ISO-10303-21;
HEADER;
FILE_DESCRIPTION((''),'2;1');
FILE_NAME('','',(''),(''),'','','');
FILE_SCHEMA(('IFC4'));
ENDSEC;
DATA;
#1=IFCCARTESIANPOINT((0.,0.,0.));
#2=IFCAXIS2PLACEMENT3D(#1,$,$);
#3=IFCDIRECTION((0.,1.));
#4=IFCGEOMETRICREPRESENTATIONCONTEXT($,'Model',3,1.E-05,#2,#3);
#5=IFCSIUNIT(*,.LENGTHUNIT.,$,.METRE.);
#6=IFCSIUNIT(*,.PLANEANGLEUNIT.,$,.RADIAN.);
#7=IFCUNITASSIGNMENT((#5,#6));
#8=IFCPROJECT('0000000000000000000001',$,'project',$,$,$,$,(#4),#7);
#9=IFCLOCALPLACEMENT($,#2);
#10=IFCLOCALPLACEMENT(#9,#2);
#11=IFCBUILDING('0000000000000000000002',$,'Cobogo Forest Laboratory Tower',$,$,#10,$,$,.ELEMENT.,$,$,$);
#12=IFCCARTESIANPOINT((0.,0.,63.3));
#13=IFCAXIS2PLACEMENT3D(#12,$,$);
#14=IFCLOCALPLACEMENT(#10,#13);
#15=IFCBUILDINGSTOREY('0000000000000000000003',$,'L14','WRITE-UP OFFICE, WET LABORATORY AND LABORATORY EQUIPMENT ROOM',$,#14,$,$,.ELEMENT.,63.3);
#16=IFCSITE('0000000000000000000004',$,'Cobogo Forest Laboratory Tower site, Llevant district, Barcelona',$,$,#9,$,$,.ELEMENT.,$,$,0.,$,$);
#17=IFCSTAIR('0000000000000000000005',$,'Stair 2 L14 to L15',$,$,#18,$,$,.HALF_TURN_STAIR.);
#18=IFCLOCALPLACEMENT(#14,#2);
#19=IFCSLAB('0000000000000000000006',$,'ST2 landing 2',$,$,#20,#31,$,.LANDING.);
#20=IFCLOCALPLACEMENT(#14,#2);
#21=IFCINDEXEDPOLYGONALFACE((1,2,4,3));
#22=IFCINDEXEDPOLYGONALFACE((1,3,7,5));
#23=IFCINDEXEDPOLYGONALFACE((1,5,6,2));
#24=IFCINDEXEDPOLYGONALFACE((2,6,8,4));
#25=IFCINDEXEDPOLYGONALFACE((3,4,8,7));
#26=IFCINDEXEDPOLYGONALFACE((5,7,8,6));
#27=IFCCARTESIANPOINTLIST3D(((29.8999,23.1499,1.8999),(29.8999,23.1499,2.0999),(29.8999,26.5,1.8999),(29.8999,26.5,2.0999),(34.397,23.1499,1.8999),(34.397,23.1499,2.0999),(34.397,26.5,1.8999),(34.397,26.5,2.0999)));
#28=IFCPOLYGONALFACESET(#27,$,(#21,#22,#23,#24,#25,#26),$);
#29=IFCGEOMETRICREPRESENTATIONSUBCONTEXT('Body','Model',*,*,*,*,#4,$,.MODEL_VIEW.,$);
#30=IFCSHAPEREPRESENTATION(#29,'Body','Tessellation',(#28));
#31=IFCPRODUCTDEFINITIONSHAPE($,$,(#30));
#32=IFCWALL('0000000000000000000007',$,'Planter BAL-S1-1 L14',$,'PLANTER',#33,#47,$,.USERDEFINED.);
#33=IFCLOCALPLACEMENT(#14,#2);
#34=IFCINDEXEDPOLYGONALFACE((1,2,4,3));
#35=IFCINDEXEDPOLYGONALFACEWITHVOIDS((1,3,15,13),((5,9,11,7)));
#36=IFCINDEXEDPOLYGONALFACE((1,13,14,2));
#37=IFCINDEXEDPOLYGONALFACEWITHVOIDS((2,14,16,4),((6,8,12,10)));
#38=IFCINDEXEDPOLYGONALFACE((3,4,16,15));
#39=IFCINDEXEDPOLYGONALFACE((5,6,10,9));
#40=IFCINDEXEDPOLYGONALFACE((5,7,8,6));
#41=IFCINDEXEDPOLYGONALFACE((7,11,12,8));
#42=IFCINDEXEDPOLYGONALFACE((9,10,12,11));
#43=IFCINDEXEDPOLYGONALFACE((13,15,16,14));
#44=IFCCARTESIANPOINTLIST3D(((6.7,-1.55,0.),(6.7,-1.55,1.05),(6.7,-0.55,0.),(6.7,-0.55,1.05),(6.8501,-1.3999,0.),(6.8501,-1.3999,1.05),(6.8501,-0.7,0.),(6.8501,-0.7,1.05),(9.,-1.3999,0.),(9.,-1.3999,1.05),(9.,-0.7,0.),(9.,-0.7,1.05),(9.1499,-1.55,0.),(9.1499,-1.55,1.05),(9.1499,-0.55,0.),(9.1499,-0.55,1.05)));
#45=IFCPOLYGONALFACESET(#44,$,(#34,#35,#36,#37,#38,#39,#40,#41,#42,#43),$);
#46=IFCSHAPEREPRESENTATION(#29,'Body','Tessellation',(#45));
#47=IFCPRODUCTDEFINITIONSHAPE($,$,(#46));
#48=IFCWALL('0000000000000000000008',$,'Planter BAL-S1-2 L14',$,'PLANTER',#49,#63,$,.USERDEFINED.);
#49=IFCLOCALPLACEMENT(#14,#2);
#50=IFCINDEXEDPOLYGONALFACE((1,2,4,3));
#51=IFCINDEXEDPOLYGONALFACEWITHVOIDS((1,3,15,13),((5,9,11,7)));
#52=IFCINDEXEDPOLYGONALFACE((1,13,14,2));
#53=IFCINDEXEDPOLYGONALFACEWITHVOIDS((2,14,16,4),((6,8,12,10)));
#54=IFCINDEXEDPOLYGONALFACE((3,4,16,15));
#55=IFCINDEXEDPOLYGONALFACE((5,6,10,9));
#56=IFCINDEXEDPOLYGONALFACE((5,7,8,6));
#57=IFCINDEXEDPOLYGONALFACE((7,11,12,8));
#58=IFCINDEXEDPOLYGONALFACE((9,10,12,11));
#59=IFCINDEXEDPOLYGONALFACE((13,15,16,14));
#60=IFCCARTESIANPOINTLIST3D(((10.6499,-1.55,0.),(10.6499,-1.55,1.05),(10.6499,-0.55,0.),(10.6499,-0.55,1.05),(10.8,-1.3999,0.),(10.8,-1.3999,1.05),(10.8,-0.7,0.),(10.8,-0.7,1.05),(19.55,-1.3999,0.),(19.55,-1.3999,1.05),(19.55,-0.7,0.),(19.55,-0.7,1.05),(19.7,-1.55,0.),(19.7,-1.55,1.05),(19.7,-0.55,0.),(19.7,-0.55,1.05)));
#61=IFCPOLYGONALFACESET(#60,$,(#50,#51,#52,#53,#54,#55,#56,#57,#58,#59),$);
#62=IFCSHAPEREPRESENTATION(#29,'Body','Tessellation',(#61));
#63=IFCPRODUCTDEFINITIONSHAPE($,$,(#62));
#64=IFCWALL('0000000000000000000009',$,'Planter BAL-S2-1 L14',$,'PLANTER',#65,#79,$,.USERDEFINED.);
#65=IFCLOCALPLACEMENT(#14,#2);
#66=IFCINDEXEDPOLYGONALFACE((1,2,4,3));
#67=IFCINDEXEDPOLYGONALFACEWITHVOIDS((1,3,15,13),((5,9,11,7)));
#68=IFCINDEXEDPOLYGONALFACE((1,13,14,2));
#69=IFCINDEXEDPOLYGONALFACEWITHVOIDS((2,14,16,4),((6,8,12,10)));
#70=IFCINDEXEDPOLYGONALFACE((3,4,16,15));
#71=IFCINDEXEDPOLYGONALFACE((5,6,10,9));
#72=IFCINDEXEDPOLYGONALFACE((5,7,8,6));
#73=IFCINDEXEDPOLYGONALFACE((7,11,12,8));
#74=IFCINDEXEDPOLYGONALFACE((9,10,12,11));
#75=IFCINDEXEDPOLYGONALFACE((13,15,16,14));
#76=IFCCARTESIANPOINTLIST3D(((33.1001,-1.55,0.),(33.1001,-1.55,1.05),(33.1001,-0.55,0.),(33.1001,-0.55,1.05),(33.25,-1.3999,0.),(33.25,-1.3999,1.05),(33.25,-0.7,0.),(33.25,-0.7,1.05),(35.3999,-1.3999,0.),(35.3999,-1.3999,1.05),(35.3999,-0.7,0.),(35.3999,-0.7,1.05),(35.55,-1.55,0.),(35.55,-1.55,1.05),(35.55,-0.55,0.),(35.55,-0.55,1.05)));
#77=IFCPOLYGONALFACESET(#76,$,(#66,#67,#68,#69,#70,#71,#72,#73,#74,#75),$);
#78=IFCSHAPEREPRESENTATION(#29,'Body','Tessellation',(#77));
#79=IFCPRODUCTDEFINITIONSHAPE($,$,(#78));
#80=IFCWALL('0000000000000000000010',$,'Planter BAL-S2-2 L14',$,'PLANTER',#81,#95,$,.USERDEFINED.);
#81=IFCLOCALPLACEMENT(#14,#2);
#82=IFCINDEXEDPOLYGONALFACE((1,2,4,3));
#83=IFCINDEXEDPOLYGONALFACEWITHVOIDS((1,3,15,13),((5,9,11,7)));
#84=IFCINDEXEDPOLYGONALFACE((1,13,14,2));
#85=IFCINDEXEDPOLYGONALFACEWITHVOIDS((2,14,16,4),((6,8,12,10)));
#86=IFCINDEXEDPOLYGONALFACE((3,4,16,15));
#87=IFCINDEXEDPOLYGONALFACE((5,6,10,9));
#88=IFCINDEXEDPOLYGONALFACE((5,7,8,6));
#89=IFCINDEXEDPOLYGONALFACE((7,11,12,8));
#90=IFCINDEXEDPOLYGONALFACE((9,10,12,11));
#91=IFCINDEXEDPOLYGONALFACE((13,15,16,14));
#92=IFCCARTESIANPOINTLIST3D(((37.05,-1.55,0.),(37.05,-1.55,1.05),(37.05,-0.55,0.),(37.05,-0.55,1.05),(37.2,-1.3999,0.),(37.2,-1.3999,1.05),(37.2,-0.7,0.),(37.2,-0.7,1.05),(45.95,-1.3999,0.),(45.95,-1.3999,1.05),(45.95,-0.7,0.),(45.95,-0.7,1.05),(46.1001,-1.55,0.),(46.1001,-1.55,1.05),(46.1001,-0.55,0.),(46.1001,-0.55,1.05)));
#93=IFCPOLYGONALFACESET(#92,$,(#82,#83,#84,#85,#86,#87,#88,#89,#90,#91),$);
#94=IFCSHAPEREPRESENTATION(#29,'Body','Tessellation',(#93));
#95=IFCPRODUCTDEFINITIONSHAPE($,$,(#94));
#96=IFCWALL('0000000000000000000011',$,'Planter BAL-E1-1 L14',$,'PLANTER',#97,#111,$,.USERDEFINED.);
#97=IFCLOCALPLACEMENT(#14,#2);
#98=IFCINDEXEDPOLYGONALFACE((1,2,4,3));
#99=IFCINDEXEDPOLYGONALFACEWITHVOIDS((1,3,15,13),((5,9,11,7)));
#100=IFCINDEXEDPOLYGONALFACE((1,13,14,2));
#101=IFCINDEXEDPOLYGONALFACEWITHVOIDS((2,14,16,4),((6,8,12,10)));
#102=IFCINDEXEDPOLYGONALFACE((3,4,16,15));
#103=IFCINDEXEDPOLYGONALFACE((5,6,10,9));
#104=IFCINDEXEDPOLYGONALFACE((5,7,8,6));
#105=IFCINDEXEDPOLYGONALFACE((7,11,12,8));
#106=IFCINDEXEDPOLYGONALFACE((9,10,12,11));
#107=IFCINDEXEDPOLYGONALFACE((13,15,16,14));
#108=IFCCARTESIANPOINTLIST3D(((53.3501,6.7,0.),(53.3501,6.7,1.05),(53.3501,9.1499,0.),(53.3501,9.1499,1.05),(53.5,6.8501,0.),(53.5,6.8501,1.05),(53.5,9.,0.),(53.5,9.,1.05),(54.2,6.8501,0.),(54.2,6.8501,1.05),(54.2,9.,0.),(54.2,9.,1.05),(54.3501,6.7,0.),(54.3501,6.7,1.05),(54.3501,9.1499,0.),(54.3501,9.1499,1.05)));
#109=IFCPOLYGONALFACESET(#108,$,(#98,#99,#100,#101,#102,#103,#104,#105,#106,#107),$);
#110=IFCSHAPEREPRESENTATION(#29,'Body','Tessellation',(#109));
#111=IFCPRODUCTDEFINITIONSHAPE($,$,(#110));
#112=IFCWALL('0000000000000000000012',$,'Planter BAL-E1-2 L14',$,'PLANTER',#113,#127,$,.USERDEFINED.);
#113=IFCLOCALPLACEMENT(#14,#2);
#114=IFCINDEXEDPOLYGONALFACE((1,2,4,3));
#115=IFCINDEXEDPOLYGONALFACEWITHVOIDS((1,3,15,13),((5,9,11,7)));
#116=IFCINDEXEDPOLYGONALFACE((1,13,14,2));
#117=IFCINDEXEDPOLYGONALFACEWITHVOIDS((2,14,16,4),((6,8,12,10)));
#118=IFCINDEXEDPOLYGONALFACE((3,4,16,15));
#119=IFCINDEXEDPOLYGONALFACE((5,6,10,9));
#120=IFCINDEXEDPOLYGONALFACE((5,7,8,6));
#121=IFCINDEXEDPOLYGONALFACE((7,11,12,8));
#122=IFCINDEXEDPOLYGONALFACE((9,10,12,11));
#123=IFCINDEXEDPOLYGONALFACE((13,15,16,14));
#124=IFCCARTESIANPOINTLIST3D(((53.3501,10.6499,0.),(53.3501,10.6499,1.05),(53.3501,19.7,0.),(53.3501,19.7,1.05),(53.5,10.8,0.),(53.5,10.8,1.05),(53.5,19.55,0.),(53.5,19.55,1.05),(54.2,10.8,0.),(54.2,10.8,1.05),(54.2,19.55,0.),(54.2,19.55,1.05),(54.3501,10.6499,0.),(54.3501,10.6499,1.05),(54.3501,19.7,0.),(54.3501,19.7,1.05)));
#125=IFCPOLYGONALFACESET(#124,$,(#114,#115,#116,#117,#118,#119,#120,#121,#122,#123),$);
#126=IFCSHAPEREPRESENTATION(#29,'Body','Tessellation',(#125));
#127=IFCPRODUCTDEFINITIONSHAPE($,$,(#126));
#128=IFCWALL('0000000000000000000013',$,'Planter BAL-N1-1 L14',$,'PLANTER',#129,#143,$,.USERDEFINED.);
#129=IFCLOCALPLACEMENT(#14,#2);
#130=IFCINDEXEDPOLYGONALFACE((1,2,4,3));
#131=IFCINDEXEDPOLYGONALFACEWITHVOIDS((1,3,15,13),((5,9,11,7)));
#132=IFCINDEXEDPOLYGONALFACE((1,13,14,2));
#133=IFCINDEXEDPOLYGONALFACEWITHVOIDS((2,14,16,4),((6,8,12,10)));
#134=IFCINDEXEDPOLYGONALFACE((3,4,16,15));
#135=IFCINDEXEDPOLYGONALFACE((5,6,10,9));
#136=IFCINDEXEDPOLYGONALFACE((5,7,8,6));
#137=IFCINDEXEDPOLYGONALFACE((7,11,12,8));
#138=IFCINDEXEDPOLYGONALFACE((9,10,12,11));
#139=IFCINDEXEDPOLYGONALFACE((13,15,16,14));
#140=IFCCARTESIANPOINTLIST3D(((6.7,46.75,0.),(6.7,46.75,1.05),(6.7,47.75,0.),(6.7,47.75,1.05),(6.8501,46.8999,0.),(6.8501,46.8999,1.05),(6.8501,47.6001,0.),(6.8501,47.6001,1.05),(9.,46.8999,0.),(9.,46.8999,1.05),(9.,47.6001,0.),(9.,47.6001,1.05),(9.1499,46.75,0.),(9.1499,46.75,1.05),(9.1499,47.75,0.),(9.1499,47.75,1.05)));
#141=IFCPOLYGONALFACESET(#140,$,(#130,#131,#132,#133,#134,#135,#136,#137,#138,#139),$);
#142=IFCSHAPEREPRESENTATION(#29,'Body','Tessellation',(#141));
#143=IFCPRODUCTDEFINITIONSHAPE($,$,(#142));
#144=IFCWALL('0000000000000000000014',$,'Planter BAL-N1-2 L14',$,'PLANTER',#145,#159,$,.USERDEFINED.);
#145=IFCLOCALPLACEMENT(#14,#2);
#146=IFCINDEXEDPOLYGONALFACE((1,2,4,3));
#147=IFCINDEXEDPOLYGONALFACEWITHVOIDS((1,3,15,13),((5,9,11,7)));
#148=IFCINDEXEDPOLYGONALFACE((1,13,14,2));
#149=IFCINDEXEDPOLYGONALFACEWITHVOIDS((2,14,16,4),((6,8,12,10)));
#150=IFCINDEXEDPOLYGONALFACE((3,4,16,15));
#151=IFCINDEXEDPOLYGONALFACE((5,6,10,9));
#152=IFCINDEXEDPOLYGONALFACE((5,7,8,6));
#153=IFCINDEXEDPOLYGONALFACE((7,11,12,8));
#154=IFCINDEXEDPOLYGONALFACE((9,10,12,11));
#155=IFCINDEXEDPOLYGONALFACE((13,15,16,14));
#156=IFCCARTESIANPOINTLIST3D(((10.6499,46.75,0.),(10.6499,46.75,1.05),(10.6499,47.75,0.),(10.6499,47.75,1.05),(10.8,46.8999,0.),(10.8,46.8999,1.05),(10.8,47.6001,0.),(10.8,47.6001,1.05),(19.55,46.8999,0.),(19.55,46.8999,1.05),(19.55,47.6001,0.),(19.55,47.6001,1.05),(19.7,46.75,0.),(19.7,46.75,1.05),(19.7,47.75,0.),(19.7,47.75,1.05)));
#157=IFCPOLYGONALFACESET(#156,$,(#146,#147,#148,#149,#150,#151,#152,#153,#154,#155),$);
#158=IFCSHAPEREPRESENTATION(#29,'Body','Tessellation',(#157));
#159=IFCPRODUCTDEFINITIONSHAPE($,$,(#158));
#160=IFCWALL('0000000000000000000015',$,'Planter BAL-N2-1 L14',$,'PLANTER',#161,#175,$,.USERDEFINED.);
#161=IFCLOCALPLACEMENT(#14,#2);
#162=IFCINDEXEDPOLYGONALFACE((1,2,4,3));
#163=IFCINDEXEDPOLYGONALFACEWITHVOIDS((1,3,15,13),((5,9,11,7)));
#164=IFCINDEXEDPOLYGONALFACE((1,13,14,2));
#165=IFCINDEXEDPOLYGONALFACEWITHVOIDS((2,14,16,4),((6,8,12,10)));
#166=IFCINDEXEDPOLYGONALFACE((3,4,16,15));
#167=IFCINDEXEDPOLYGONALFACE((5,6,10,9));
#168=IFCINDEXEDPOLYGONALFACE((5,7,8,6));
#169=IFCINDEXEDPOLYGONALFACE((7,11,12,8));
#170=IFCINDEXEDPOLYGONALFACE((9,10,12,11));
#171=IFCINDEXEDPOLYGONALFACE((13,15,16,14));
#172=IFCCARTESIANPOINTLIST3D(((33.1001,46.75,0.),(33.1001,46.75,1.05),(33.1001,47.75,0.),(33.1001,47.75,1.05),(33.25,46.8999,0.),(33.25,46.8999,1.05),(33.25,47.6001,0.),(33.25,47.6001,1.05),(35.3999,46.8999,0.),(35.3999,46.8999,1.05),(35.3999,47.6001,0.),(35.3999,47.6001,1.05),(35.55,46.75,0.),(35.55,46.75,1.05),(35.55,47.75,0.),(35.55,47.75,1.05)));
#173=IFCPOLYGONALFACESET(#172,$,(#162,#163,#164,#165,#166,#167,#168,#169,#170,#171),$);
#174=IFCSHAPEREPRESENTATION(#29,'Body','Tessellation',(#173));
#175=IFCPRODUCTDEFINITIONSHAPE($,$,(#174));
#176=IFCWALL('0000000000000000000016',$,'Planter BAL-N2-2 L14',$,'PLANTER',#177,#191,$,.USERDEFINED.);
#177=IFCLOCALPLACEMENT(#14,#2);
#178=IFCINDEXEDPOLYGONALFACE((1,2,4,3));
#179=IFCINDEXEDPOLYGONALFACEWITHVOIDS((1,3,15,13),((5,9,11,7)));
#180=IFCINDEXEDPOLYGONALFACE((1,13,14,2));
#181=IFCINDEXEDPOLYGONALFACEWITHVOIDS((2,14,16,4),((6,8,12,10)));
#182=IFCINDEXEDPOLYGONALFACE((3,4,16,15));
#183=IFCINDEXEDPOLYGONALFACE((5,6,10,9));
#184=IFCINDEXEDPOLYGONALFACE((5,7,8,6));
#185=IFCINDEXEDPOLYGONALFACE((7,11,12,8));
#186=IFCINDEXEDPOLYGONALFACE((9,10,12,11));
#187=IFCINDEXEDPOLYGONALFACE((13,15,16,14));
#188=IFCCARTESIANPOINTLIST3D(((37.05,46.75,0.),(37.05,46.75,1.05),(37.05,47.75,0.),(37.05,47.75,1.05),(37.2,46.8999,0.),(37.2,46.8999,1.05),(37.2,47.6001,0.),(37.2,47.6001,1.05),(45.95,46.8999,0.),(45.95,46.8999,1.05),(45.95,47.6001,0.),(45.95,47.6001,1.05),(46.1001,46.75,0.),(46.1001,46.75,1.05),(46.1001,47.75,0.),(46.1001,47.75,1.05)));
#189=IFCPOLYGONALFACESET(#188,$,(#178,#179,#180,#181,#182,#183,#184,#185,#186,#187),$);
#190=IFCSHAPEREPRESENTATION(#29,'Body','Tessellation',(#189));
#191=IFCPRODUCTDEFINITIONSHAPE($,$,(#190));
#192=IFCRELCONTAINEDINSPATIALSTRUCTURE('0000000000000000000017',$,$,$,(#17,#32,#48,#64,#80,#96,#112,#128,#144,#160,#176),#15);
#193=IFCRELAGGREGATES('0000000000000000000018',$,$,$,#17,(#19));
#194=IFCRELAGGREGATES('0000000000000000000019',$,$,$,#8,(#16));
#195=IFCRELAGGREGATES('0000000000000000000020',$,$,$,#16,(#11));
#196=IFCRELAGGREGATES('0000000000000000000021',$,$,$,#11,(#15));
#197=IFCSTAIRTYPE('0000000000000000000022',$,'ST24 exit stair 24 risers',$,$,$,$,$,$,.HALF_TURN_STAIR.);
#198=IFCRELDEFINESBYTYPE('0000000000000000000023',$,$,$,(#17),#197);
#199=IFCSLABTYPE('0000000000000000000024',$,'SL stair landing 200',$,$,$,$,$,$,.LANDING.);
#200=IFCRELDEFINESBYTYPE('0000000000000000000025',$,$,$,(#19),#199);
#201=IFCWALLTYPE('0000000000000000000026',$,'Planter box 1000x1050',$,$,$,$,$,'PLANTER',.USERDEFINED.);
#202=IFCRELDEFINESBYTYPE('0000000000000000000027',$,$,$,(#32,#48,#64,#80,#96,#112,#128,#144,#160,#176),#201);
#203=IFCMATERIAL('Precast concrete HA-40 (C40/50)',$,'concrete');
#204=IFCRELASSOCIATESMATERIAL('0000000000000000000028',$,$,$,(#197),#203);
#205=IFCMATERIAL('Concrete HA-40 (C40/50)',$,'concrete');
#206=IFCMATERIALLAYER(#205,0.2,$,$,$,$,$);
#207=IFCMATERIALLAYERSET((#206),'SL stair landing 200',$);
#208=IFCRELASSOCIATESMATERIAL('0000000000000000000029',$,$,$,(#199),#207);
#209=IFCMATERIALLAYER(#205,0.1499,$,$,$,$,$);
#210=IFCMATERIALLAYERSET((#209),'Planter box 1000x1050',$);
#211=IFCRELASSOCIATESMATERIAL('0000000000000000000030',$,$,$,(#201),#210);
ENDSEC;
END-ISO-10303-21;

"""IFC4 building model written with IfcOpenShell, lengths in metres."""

from ifc_helpers import new_model, si_unit, direction, frame, origin, place, context, subcontext, project, spatial, polyline, outline, extrude, material, layer, layer_set, type_object, element, aggregate, save


model = new_model("IFC4")

# Units and contexts
model_context = context("Model", 3, precision=1e-05, world=origin(), true_north=direction((0.0, 1.0)))
body_context = subcontext(model_context, "Body", "Model", "MODEL_VIEW")
ifc_project = project(units=[si_unit("LENGTHUNIT", "METRE"), si_unit("PLANEANGLEUNIT", "RADIAN")], contexts=[model_context])

# Site, building, storey
site_placement = place(None, origin())
site = spatial("IfcSite", under=ifc_project, at=site_placement, Name="Cobogo Forest Laboratory Tower site, Llevant district, Barcelona", CompositionType="ELEMENT", RefElevation=0.0)
building_placement = place(site_placement, origin())
building = spatial("IfcBuilding", under=site, at=building_placement, Name="Cobogo Forest Laboratory Tower", CompositionType="ELEMENT")
storey_placement = place(building_placement, frame((0.0, 0.0, 63.3)))
storey = spatial("IfcBuildingStorey", under=building, at=storey_placement, Name="L14", Description="WRITE-UP OFFICE, WET LABORATORY AND LABORATORY EQUIPMENT ROOM", CompositionType="ELEMENT", Elevation=63.3)

# Shared definitions
ifc_material_1 = material(Name="Concrete HA-40 (C40/50)", Category="concrete")

# Stair, slab
ifc_material_2 = material(Name="Precast concrete HA-40 (C40/50)", Category="concrete")
stair_type = type_object("IfcStairType", Name="ST24 exit stair 24 risers", PredefinedType="HALF_TURN_STAIR", material=ifc_material_2)
ifc_layer_1 = layer(ifc_material_1, 0.2)
ifc_layer_set_1 = layer_set([ifc_layer_1], Name="SL stair landing 200")
slab_type_1 = type_object("IfcSlabType", Name="SL stair landing 200", PredefinedType="LANDING", material=ifc_layer_set_1)
stair_1_placement = place(storey_placement, origin())
stair_1 = element("IfcStair", 1, at=stair_1_placement, inside=storey, type_object=stair_type, Name="Stair 2 L14 to L15", PredefinedType="HALF_TURN_STAIR")
slab_1_placement = place(storey_placement, frame((0.0, 0.0, 1.8999)))
slab_1 = element("IfcSlab", 2, at=slab_1_placement, type_object=slab_type_1, Name="ST2 landing 2", PredefinedType="LANDING", context=body_context, shape_type="SweptSolid", body=[
    extrude(outline(polyline([(29.8999, 23.1499), (34.397, 23.1499), (34.397, 26.5), (29.8999, 26.5), (29.8999, 23.1499)])), origin(), (0.0, 0.0, 1.0), 0.2),
])
aggregate(stair_1, [slab_1])

# Walls
ifc_layer_2 = layer(ifc_material_1, 0.1499)
ifc_layer_set_2 = layer_set([ifc_layer_2], Name="Planter box 1000x1050")
wall_type = type_object("IfcWallType", Name="Planter box 1000x1050", ElementType="PLANTER", PredefinedType="USERDEFINED", material=ifc_layer_set_2)
wall_1_placement = place(storey_placement, origin())
element("IfcWall", 3, at=wall_1_placement, inside=storey, type_object=wall_type, Name="Planter BAL-S1-1 L14", ObjectType="PLANTER", PredefinedType="USERDEFINED", context=body_context, shape_type="SweptSolid", body=[
    extrude(outline(polyline([(6.7, -1.55), (9.1499, -1.55), (9.1499, -0.55), (6.7, -0.55), (6.7, -1.55)]), holes=[polyline([(6.8501, -1.3999), (9.0, -1.3999), (9.0, -0.7), (6.8501, -0.7), (6.8501, -1.3999)])]), origin(), (0.0, 0.0, 1.0), 1.05),
])
wall_2_placement = place(storey_placement, origin())
element("IfcWall", 4, at=wall_2_placement, inside=storey, type_object=wall_type, Name="Planter BAL-S1-2 L14", ObjectType="PLANTER", PredefinedType="USERDEFINED", context=body_context, shape_type="SweptSolid", body=[
    extrude(outline(polyline([(10.6499, -1.55), (19.7, -1.55), (19.7, -0.55), (10.6499, -0.55), (10.6499, -1.55)]), holes=[polyline([(10.8, -1.3999), (19.55, -1.3999), (19.55, -0.7), (10.8, -0.7), (10.8, -1.3999)])]), origin(), (0.0, 0.0, 1.0), 1.05),
])
wall_3_placement = place(storey_placement, origin())
element("IfcWall", 5, at=wall_3_placement, inside=storey, type_object=wall_type, Name="Planter BAL-S2-1 L14", ObjectType="PLANTER", PredefinedType="USERDEFINED", context=body_context, shape_type="SweptSolid", body=[
    extrude(outline(polyline([(33.1001, -1.55), (35.55, -1.55), (35.55, -0.55), (33.1001, -0.55), (33.1001, -1.55)]), holes=[polyline([(33.25, -1.3999), (35.3999, -1.3999), (35.3999, -0.7), (33.25, -0.7), (33.25, -1.3999)])]), origin(), (0.0, 0.0, 1.0), 1.05),
])
wall_4_placement = place(storey_placement, origin())
element("IfcWall", 6, at=wall_4_placement, inside=storey, type_object=wall_type, Name="Planter BAL-S2-2 L14", ObjectType="PLANTER", PredefinedType="USERDEFINED", context=body_context, shape_type="SweptSolid", body=[
    extrude(outline(polyline([(37.05, -1.55), (46.1001, -1.55), (46.1001, -0.55), (37.05, -0.55), (37.05, -1.55)]), holes=[polyline([(37.2, -1.3999), (45.95, -1.3999), (45.95, -0.7), (37.2, -0.7), (37.2, -1.3999)])]), origin(), (0.0, 0.0, 1.0), 1.05),
])
wall_5_placement = place(storey_placement, origin())
element("IfcWall", 7, at=wall_5_placement, inside=storey, type_object=wall_type, Name="Planter BAL-E1-1 L14", ObjectType="PLANTER", PredefinedType="USERDEFINED", context=body_context, shape_type="SweptSolid", body=[
    extrude(outline(polyline([(53.3501, 6.7), (54.3501, 6.7), (54.3501, 9.1499), (53.3501, 9.1499), (53.3501, 6.7)]), holes=[polyline([(53.5, 6.8501), (54.2, 6.8501), (54.2, 9.0), (53.5, 9.0), (53.5, 6.8501)])]), origin(), (0.0, 0.0, 1.0), 1.05),
])
wall_6_placement = place(storey_placement, origin())
element("IfcWall", 8, at=wall_6_placement, inside=storey, type_object=wall_type, Name="Planter BAL-E1-2 L14", ObjectType="PLANTER", PredefinedType="USERDEFINED", context=body_context, shape_type="SweptSolid", body=[
    extrude(outline(polyline([(53.3501, 10.6499), (54.3501, 10.6499), (54.3501, 19.7), (53.3501, 19.7), (53.3501, 10.6499)]), holes=[polyline([(53.5, 10.8), (54.2, 10.8), (54.2, 19.55), (53.5, 19.55), (53.5, 10.8)])]), origin(), (0.0, 0.0, 1.0), 1.05),
])
wall_7_placement = place(storey_placement, origin())
element("IfcWall", 9, at=wall_7_placement, inside=storey, type_object=wall_type, Name="Planter BAL-N1-1 L14", ObjectType="PLANTER", PredefinedType="USERDEFINED", context=body_context, shape_type="SweptSolid", body=[
    extrude(outline(polyline([(6.7, 46.75), (9.1499, 46.75), (9.1499, 47.75), (6.7, 47.75), (6.7, 46.75)]), holes=[polyline([(6.8501, 46.8999), (9.0, 46.8999), (9.0, 47.6001), (6.8501, 47.6001), (6.8501, 46.8999)])]), origin(), (0.0, 0.0, 1.0), 1.05),
])
wall_8_placement = place(storey_placement, origin())
element("IfcWall", 10, at=wall_8_placement, inside=storey, type_object=wall_type, Name="Planter BAL-N1-2 L14", ObjectType="PLANTER", PredefinedType="USERDEFINED", context=body_context, shape_type="SweptSolid", body=[
    extrude(outline(polyline([(10.6499, 46.75), (19.7, 46.75), (19.7, 47.75), (10.6499, 47.75), (10.6499, 46.75)]), holes=[polyline([(10.8, 46.8999), (19.55, 46.8999), (19.55, 47.6001), (10.8, 47.6001), (10.8, 46.8999)])]), origin(), (0.0, 0.0, 1.0), 1.05),
])
wall_9_placement = place(storey_placement, origin())
element("IfcWall", 11, at=wall_9_placement, inside=storey, type_object=wall_type, Name="Planter BAL-N2-1 L14", ObjectType="PLANTER", PredefinedType="USERDEFINED", context=body_context, shape_type="SweptSolid", body=[
    extrude(outline(polyline([(33.1001, 46.75), (35.55, 46.75), (35.55, 47.75), (33.1001, 47.75), (33.1001, 46.75)]), holes=[polyline([(33.25, 46.8999), (35.3999, 46.8999), (35.3999, 47.6001), (33.25, 47.6001), (33.25, 46.8999)])]), origin(), (0.0, 0.0, 1.0), 1.05),
])
wall_10_placement = place(storey_placement, origin())
element("IfcWall", 12, at=wall_10_placement, inside=storey, type_object=wall_type, Name="Planter BAL-N2-2 L14", ObjectType="PLANTER", PredefinedType="USERDEFINED", context=body_context, shape_type="SweptSolid", body=[
    extrude(outline(polyline([(37.05, 46.75), (46.1001, 46.75), (46.1001, 47.75), (37.05, 47.75), (37.05, 46.75)]), holes=[polyline([(37.2, 46.8999), (45.95, 46.8999), (45.95, 47.6001), (37.2, 47.6001), (37.2, 46.8999)])]), origin(), (0.0, 0.0, 1.0), 1.05),
])

save(model, "model.ifc")
